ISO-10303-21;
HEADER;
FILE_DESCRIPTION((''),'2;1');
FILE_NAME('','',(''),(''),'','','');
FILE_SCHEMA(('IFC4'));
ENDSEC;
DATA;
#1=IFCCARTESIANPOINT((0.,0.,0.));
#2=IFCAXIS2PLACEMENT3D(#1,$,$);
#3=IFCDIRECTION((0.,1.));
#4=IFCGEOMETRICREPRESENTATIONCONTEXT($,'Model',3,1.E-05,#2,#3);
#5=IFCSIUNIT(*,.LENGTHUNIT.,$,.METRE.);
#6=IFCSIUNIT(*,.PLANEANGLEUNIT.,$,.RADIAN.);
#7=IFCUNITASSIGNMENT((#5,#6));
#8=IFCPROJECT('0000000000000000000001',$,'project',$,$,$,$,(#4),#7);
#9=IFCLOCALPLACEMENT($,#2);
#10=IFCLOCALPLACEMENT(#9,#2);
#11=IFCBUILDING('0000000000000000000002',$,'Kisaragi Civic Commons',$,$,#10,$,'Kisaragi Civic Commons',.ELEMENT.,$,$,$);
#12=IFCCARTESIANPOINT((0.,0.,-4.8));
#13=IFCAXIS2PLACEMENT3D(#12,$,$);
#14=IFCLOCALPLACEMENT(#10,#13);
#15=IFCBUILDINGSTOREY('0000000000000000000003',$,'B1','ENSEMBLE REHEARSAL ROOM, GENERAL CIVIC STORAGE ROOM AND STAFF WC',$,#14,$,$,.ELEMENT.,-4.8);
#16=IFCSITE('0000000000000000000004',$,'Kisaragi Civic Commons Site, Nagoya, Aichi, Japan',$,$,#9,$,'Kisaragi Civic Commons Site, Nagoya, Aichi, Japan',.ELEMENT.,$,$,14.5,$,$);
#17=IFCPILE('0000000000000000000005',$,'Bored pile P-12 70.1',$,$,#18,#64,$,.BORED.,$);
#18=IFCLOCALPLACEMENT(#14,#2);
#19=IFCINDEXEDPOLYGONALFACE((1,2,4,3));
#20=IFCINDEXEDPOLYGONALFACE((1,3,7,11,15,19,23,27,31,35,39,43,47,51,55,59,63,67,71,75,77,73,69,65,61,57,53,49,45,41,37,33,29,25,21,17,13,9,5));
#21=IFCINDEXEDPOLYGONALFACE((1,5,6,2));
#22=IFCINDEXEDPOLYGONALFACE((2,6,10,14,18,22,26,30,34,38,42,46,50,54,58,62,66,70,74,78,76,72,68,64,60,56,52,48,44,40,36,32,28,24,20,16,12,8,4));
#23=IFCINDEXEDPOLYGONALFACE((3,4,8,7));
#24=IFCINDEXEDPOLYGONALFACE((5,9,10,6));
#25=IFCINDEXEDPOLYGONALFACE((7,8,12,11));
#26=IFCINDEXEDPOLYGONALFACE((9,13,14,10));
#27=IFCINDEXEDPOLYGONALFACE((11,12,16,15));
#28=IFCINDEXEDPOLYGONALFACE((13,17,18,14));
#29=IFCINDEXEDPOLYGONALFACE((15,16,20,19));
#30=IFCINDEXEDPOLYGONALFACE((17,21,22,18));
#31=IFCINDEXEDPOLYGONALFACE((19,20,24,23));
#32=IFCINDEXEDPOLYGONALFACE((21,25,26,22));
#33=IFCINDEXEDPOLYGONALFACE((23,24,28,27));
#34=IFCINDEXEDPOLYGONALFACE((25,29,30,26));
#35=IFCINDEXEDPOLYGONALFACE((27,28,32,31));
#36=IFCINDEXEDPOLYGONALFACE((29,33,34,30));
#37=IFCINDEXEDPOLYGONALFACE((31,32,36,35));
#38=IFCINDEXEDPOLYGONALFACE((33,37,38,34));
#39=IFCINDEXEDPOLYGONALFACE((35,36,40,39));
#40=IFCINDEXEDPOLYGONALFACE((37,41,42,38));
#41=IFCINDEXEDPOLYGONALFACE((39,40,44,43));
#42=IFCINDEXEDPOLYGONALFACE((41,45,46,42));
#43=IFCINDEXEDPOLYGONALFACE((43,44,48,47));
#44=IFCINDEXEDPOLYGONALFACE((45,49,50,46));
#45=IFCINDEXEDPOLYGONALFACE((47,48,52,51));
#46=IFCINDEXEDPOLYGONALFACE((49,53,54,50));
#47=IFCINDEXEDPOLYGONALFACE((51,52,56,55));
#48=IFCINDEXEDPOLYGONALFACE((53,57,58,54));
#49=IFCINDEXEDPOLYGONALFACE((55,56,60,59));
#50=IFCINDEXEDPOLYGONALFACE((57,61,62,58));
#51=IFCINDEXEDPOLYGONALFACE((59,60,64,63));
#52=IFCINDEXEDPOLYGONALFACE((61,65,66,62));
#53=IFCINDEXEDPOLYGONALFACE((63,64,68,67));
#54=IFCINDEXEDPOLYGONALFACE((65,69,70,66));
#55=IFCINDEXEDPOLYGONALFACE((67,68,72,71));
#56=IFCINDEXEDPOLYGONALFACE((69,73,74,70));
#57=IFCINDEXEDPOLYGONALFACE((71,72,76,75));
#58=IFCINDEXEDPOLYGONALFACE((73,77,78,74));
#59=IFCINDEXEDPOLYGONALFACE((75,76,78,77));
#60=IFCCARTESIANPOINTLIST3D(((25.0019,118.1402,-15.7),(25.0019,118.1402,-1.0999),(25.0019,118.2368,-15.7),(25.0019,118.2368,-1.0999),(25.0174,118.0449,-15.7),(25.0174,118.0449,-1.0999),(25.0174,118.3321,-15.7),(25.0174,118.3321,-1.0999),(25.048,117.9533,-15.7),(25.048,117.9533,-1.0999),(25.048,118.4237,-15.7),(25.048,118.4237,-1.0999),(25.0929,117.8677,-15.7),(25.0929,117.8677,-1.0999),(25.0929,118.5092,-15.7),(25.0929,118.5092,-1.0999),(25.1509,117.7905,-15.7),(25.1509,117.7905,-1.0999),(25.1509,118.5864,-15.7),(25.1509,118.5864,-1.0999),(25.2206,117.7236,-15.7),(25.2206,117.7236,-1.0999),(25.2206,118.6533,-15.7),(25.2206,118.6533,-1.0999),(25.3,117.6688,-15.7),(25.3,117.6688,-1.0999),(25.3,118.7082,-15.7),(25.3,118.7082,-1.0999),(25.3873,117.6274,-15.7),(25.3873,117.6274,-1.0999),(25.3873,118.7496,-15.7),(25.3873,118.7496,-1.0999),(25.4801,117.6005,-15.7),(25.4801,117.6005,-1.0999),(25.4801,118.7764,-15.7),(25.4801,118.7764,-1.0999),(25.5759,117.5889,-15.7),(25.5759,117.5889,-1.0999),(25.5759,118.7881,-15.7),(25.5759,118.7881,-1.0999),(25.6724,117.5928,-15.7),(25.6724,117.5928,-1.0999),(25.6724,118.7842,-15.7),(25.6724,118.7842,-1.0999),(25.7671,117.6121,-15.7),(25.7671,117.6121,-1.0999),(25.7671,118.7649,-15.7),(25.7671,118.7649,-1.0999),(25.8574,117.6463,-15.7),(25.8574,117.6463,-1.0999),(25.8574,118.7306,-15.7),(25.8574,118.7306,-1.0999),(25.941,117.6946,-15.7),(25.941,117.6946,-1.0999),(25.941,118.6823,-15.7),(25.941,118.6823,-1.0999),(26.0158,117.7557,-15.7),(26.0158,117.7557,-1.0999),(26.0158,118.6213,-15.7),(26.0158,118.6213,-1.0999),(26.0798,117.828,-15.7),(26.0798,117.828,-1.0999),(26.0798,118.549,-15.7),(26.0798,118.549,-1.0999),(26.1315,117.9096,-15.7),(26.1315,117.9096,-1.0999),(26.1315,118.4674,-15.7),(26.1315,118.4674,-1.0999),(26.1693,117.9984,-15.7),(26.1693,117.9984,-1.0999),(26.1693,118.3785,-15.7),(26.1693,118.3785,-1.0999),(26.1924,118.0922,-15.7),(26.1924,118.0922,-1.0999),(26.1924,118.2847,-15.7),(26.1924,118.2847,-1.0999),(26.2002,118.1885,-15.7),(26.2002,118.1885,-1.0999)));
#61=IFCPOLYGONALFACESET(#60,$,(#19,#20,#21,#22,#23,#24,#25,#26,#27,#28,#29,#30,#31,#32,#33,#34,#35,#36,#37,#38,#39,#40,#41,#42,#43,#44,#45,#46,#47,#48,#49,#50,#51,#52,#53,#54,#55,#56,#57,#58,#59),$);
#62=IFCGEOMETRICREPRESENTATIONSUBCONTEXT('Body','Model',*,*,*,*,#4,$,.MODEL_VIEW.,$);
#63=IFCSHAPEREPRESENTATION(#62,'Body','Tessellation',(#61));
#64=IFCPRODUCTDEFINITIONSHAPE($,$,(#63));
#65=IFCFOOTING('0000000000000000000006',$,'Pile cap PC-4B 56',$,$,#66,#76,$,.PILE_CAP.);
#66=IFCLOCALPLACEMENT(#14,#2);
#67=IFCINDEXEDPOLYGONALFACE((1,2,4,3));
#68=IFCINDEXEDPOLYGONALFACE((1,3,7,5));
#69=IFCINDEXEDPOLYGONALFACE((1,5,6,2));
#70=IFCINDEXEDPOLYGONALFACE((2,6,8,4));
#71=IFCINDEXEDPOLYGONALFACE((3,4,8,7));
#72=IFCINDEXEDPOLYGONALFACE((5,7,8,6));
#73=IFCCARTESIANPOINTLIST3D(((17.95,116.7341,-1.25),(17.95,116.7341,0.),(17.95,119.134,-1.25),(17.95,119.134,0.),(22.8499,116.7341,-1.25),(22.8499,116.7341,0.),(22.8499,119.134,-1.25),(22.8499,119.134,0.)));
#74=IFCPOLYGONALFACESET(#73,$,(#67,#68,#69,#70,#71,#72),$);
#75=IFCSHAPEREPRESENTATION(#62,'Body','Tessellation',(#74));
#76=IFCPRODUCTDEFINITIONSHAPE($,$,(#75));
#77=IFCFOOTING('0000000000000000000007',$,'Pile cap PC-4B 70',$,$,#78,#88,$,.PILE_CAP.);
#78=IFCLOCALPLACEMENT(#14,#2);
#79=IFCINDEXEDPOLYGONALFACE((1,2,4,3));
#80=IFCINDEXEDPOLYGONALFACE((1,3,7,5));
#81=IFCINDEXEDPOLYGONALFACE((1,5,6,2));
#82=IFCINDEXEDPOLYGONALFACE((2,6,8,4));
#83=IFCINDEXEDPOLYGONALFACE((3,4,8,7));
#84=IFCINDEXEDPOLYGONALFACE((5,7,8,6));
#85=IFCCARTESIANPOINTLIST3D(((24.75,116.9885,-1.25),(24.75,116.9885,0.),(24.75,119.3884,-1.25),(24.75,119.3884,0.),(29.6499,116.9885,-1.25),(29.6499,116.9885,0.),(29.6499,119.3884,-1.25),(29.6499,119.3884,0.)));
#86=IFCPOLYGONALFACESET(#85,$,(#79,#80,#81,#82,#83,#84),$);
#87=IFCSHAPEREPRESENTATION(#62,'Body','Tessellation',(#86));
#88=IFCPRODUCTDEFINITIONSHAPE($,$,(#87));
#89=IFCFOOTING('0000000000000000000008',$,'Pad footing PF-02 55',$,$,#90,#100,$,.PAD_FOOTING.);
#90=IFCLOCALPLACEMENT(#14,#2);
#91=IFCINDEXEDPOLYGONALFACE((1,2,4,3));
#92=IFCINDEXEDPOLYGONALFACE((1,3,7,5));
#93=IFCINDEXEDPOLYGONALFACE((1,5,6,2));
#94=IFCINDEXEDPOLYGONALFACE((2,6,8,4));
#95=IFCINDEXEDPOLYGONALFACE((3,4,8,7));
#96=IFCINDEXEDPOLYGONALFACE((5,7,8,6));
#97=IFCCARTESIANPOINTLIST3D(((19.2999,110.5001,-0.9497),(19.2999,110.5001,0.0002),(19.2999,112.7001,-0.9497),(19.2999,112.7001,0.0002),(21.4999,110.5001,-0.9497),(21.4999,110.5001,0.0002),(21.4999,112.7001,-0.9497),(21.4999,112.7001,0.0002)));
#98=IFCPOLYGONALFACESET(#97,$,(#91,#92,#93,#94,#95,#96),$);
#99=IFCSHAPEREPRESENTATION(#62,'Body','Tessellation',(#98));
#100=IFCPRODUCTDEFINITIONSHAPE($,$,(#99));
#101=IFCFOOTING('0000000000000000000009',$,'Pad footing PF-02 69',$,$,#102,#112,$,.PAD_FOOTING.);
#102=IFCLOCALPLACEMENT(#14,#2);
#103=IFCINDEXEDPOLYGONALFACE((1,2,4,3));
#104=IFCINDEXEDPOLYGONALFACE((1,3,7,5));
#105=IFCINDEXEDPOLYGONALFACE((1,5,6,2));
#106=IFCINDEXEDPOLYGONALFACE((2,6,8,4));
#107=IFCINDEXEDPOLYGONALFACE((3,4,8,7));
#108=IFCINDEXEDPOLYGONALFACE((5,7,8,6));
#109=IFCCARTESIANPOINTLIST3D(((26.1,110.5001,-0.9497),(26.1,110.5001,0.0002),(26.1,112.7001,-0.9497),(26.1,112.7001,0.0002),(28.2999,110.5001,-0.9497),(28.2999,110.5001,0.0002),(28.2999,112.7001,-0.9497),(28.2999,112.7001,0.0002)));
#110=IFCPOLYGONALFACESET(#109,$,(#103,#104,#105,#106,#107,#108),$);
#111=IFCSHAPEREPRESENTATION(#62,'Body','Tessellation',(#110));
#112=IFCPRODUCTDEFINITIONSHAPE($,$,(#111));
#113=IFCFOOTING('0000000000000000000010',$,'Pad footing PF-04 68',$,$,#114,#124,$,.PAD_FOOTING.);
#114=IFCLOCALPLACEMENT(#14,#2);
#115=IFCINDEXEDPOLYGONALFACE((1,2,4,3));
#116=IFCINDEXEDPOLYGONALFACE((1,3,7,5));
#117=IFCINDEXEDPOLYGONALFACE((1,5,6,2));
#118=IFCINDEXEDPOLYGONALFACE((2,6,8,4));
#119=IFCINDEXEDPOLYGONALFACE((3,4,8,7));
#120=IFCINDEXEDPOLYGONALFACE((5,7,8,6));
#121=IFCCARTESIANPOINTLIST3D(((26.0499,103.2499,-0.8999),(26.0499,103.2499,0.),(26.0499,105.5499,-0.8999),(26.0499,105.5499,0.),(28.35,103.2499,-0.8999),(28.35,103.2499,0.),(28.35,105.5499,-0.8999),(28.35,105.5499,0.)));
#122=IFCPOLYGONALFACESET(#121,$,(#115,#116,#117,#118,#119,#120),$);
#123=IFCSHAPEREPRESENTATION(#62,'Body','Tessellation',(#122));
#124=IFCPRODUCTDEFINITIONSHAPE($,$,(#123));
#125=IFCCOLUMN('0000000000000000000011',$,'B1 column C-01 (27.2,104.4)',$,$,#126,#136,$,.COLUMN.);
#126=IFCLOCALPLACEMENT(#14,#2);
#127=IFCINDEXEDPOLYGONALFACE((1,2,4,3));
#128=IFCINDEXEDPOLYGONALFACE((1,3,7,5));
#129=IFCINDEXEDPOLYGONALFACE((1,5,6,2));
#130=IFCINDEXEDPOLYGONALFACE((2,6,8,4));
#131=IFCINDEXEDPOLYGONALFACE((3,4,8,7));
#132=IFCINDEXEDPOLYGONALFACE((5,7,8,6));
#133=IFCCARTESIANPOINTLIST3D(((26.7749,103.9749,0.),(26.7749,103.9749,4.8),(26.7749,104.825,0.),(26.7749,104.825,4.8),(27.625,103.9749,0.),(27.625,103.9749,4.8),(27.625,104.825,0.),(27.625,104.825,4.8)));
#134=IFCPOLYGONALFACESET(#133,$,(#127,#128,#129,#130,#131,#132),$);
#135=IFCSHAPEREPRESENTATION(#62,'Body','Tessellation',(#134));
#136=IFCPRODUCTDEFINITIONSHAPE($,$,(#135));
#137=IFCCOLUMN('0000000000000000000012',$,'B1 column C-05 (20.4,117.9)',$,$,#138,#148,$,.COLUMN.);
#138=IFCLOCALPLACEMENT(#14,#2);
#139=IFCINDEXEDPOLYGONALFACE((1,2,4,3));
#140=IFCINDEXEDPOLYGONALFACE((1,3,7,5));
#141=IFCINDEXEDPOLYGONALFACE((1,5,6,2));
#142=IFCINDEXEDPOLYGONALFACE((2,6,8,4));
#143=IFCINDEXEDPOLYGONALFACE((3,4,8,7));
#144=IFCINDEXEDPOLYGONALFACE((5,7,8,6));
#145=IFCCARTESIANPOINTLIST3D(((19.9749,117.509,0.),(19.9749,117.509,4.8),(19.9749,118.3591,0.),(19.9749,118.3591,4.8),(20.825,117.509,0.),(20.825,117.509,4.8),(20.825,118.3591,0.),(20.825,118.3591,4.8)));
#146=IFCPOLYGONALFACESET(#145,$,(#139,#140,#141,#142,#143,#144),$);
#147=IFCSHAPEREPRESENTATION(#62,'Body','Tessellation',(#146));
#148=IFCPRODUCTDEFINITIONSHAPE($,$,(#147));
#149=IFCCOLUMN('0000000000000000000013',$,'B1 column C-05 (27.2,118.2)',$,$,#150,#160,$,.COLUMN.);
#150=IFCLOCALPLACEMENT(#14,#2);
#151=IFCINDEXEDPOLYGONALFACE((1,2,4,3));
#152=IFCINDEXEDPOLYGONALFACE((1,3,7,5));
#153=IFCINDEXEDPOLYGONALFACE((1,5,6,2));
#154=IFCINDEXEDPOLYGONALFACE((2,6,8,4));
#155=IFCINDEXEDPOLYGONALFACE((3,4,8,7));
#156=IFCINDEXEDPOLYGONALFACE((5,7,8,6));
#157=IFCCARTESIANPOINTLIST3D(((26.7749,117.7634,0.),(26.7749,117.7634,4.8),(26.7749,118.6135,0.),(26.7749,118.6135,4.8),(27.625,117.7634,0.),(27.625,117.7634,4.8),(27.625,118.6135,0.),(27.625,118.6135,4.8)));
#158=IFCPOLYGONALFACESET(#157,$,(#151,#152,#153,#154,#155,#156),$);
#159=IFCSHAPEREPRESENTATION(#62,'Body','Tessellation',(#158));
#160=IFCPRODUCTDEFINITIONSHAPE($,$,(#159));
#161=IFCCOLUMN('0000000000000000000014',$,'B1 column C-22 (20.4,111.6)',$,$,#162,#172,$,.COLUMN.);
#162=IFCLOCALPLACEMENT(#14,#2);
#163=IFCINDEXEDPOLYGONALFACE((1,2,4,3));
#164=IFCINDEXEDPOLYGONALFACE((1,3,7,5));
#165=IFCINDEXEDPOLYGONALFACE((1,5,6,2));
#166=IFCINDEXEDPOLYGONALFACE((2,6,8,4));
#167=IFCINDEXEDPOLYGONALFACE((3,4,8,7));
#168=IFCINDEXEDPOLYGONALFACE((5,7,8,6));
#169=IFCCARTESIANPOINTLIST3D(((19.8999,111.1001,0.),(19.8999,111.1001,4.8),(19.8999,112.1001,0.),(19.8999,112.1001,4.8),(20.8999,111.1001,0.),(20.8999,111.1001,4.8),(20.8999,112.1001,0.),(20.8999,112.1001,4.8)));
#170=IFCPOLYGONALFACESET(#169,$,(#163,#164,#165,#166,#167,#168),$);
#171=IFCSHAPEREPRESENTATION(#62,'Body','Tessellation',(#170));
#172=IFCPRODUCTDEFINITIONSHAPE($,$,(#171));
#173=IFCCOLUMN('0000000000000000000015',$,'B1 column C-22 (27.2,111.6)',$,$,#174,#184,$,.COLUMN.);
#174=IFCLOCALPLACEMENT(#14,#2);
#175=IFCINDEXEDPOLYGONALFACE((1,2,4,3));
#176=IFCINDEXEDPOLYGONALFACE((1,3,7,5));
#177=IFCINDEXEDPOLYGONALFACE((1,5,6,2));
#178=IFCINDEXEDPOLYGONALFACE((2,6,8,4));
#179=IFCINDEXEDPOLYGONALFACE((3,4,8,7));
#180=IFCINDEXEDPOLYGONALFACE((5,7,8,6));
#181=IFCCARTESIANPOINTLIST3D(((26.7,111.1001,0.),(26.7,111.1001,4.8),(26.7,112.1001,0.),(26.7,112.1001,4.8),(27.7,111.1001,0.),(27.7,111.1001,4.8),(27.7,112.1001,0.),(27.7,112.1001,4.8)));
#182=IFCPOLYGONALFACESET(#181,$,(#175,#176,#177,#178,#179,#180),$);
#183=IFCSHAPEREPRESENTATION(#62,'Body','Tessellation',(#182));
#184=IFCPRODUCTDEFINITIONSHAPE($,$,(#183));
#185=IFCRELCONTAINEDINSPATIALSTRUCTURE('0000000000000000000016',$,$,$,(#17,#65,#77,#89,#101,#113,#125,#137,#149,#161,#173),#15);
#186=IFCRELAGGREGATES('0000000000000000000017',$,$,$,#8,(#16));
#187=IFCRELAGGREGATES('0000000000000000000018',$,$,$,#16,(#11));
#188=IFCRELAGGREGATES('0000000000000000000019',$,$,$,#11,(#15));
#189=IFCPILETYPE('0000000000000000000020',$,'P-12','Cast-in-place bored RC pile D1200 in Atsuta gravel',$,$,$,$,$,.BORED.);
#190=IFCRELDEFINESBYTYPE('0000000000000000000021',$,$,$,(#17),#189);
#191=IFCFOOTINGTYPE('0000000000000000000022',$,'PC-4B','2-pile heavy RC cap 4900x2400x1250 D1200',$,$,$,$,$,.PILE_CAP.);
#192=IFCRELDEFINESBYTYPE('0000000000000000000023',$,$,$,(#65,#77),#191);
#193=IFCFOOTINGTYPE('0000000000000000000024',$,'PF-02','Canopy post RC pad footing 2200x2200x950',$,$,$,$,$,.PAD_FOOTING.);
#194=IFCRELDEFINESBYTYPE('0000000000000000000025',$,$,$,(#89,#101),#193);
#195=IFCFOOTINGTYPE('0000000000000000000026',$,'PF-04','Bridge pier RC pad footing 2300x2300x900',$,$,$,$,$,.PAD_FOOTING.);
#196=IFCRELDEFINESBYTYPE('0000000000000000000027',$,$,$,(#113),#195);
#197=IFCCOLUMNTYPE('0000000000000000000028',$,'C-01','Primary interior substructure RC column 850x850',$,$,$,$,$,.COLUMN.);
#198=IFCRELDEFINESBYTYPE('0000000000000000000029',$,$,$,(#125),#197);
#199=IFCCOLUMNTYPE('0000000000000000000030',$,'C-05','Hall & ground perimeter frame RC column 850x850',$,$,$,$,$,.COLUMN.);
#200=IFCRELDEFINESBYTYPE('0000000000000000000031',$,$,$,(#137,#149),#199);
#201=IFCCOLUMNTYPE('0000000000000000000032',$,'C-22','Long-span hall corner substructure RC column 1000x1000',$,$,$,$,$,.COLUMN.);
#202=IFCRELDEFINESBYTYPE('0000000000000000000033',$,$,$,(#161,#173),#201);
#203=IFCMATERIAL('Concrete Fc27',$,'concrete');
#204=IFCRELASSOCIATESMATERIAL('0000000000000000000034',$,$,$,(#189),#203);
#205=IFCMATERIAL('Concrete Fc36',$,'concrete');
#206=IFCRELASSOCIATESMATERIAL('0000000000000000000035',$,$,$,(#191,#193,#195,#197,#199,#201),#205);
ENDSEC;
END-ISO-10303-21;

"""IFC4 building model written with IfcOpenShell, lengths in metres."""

from ifc_helpers import new_model, si_unit, direction, frame, origin, origin_2d, place, context, subcontext, project, spatial, rectangle, circle, extrude, material, material_profile, profile_set, type_object, element, save


model = new_model("IFC4")

# Units and contexts
model_context = context("Model", 3, precision=1e-05, world=origin(), true_north=direction((0.0, 1.0)))
body_context = subcontext(model_context, "Body", "Model", "MODEL_VIEW")
ifc_project = project(units=[si_unit("LENGTHUNIT", "METRE"), si_unit("PLANEANGLEUNIT", "RADIAN")], contexts=[model_context])

# Site, building, storey
site_placement = place(None, origin())
site = spatial("IfcSite", under=ifc_project, at=site_placement, Name="Kisaragi Civic Commons Site, Nagoya, Aichi, Japan", LongName="Kisaragi Civic Commons Site, Nagoya, Aichi, Japan", CompositionType="ELEMENT", RefElevation=14.5)
building_placement = place(site_placement, origin())
building = spatial("IfcBuilding", under=site, at=building_placement, Name="Kisaragi Civic Commons", LongName="Kisaragi Civic Commons", CompositionType="ELEMENT")
storey_placement = place(building_placement, frame((0.0, 0.0, -4.8)))
storey = spatial("IfcBuildingStorey", under=building, at=storey_placement, Name="B1", Description="ENSEMBLE REHEARSAL ROOM, GENERAL CIVIC STORAGE ROOM AND STAFF WC", CompositionType="ELEMENT", Elevation=-4.8)

# Shared definitions
ifc_material_1 = material(Name="Concrete Fc27", Category="concrete")

# Pile
ifc_material_profile_1 = material_profile(ifc_material_1, circle(Radius=0.6001, at=origin_2d()), Name="PILE-D1200", Category="concrete")
ifc_profile_set_1 = profile_set([ifc_material_profile_1], Name="Concrete Fc27")
pile_type = type_object("IfcPileType", Name="P-12", Description="Cast-in-place bored RC pile D1200 in Atsuta gravel", PredefinedType="BORED", material=ifc_profile_set_1)
for number, where, z_axis, x_axis, name in (
    (1, (25.6001, 118.1885, -1.0999), (0.0, 0.0, -1.0), (1.0, 0.0, 0.0), "Bored pile P-12 70.1"),
):
    element("IfcPile", number, at=place(storey_placement, frame(where, z_axis=z_axis, x_axis=x_axis)), inside=storey, type_object=pile_type, Name=name, PredefinedType="BORED", context=body_context, shape_type="SweptSolid", body=[
        extrude(circle(Radius=0.6001, at=origin_2d()), origin(), (0.0, 0.0, 1.0), 14.6001),
    ])

# Footings
ifc_material_2 = material(Name="Concrete Fc36", Category="concrete")
footing_type_1 = type_object("IfcFootingType", Name="PC-4B", Description="2-pile heavy RC cap 4900x2400x1250 D1200", PredefinedType="PILE_CAP", material=ifc_material_2)
for number, where, z_axis, x_axis, name in (
    (2, (20.3999, 117.9341, -1.25), (0.0, 0.0, 1.0), (1.0, 0.0, 0.0), "Pile cap PC-4B 56"),
    (3, (27.2, 118.1885, -1.25), (0.0, 0.0, 1.0), (1.0, 0.0, 0.0), "Pile cap PC-4B 70"),
):
    element("IfcFooting", number, at=place(storey_placement, frame(where, z_axis=z_axis, x_axis=x_axis)), inside=storey, type_object=footing_type_1, Name=name, PredefinedType="PILE_CAP", context=body_context, shape_type="SweptSolid", body=[
        extrude(rectangle(XDim=4.8999, YDim=2.3999, at=origin_2d()), origin(), (0.0, 0.0, 1.0), 1.25),
    ])
footing_type_2 = type_object("IfcFootingType", Name="PF-02", Description="Canopy post RC pad footing 2200x2200x950", PredefinedType="PAD_FOOTING", material=ifc_material_2)
for number, where, z_axis, x_axis, name in (
    (4, (20.3999, 111.6001, -0.9497), (0.0, 0.0, 1.0), (1.0, 0.0, 0.0), "Pad footing PF-02 55"),
    (5, (27.2, 111.6001, -0.9497), (0.0, 0.0, 1.0), (1.0, 0.0, 0.0), "Pad footing PF-02 69"),
):
    element("IfcFooting", number, at=place(storey_placement, frame(where, z_axis=z_axis, x_axis=x_axis)), inside=storey, type_object=footing_type_2, Name=name, PredefinedType="PAD_FOOTING", context=body_context, shape_type="SweptSolid", body=[
        extrude(rectangle(XDim=2.2, YDim=2.2, at=origin_2d()), origin(), (0.0, 0.0, 1.0), 0.95),
    ])
footing_type_3 = type_object("IfcFootingType", Name="PF-04", Description="Bridge pier RC pad footing 2300x2300x900", PredefinedType="PAD_FOOTING", material=ifc_material_2)
footing_1_placement = place(storey_placement, frame((27.2, 104.3999, -0.8999), z_axis=(0.0, 0.0, 1.0), x_axis=(1.0, 0.0, 0.0)))
element("IfcFooting", 6, at=footing_1_placement, inside=storey, type_object=footing_type_3, Name="Pad footing PF-04 68", PredefinedType="PAD_FOOTING", context=body_context, shape_type="SweptSolid", body=[
    extrude(rectangle(XDim=2.3, YDim=2.3, at=origin_2d()), origin(), (0.0, 0.0, 1.0), 0.8999),
])

# Columns
ifc_material_profile_2 = material_profile(ifc_material_2, rectangle(XDim=0.8501, YDim=0.8501, at=origin_2d()), Name="RC-850x850", Category="concrete")
ifc_profile_set_2 = profile_set([ifc_material_profile_2], Name="Concrete Fc36")
column_type_1 = type_object("IfcColumnType", Name="C-01", Description="Primary interior substructure RC column 850x850", PredefinedType="COLUMN", material=ifc_profile_set_2)
column_placement = place(storey_placement, frame((27.2, 104.3999, 0.0), z_axis=(0.0, 0.0, 1.0), x_axis=(1.0, 0.0, 0.0)))
element("IfcColumn", 7, at=column_placement, inside=storey, type_object=column_type_1, Name="B1 column C-01 (27.2,104.4)", PredefinedType="COLUMN", context=body_context, shape_type="SweptSolid", body=[
    extrude(rectangle(XDim=0.8501, YDim=0.8501, at=origin_2d()), origin(), (0.0, 0.0, 1.0), 4.8),
])
ifc_material_profile_3 = material_profile(ifc_material_2, rectangle(XDim=0.8501, YDim=0.8501, at=origin_2d()), Name="RC-850x850", Category="concrete")
ifc_profile_set_3 = profile_set([ifc_material_profile_3], Name="Concrete Fc36")
column_type_2 = type_object("IfcColumnType", Name="C-05", Description="Hall & ground perimeter frame RC column 850x850", PredefinedType="COLUMN", material=ifc_profile_set_3)
for number, where, z_axis, x_axis, name in (
    (8, (20.3999, 117.9341, 0.0), (0.0, 0.0, 1.0), (1.0, 0.0, 0.0), "B1 column C-05 (20.4,117.9)"),
    (9, (27.2, 118.1885, 0.0), (0.0, 0.0, 1.0), (1.0, 0.0, 0.0), "B1 column C-05 (27.2,118.2)"),
):
    element("IfcColumn", number, at=place(storey_placement, frame(where, z_axis=z_axis, x_axis=x_axis)), inside=storey, type_object=column_type_2, Name=name, PredefinedType="COLUMN", context=body_context, shape_type="SweptSolid", body=[
        extrude(rectangle(XDim=0.8501, YDim=0.8501, at=origin_2d()), origin(), (0.0, 0.0, 1.0), 4.8),
    ])
ifc_material_profile_4 = material_profile(ifc_material_2, rectangle(XDim=1.0, YDim=1.0, at=origin_2d()), Name="RC-1000x1000", Category="concrete")
ifc_profile_set_4 = profile_set([ifc_material_profile_4], Name="Concrete Fc36")
column_type_3 = type_object("IfcColumnType", Name="C-22", Description="Long-span hall corner substructure RC column 1000x1000", PredefinedType="COLUMN", material=ifc_profile_set_4)
for number, where, z_axis, x_axis, name in (
    (10, (20.3999, 111.6001, 0.0), (0.0, 0.0, 1.0), (1.0, 0.0, 0.0), "B1 column C-22 (20.4,111.6)"),
    (11, (27.2, 111.6001, 0.0), (0.0, 0.0, 1.0), (1.0, 0.0, 0.0), "B1 column C-22 (27.2,111.6)"),
):
    element("IfcColumn", number, at=place(storey_placement, frame(where, z_axis=z_axis, x_axis=x_axis)), inside=storey, type_object=column_type_3, Name=name, PredefinedType="COLUMN", context=body_context, shape_type="SweptSolid", body=[
        extrude(rectangle(XDim=1.0, YDim=1.0, at=origin_2d()), origin(), (0.0, 0.0, 1.0), 4.8),
    ])

save(model, "model.ifc")
